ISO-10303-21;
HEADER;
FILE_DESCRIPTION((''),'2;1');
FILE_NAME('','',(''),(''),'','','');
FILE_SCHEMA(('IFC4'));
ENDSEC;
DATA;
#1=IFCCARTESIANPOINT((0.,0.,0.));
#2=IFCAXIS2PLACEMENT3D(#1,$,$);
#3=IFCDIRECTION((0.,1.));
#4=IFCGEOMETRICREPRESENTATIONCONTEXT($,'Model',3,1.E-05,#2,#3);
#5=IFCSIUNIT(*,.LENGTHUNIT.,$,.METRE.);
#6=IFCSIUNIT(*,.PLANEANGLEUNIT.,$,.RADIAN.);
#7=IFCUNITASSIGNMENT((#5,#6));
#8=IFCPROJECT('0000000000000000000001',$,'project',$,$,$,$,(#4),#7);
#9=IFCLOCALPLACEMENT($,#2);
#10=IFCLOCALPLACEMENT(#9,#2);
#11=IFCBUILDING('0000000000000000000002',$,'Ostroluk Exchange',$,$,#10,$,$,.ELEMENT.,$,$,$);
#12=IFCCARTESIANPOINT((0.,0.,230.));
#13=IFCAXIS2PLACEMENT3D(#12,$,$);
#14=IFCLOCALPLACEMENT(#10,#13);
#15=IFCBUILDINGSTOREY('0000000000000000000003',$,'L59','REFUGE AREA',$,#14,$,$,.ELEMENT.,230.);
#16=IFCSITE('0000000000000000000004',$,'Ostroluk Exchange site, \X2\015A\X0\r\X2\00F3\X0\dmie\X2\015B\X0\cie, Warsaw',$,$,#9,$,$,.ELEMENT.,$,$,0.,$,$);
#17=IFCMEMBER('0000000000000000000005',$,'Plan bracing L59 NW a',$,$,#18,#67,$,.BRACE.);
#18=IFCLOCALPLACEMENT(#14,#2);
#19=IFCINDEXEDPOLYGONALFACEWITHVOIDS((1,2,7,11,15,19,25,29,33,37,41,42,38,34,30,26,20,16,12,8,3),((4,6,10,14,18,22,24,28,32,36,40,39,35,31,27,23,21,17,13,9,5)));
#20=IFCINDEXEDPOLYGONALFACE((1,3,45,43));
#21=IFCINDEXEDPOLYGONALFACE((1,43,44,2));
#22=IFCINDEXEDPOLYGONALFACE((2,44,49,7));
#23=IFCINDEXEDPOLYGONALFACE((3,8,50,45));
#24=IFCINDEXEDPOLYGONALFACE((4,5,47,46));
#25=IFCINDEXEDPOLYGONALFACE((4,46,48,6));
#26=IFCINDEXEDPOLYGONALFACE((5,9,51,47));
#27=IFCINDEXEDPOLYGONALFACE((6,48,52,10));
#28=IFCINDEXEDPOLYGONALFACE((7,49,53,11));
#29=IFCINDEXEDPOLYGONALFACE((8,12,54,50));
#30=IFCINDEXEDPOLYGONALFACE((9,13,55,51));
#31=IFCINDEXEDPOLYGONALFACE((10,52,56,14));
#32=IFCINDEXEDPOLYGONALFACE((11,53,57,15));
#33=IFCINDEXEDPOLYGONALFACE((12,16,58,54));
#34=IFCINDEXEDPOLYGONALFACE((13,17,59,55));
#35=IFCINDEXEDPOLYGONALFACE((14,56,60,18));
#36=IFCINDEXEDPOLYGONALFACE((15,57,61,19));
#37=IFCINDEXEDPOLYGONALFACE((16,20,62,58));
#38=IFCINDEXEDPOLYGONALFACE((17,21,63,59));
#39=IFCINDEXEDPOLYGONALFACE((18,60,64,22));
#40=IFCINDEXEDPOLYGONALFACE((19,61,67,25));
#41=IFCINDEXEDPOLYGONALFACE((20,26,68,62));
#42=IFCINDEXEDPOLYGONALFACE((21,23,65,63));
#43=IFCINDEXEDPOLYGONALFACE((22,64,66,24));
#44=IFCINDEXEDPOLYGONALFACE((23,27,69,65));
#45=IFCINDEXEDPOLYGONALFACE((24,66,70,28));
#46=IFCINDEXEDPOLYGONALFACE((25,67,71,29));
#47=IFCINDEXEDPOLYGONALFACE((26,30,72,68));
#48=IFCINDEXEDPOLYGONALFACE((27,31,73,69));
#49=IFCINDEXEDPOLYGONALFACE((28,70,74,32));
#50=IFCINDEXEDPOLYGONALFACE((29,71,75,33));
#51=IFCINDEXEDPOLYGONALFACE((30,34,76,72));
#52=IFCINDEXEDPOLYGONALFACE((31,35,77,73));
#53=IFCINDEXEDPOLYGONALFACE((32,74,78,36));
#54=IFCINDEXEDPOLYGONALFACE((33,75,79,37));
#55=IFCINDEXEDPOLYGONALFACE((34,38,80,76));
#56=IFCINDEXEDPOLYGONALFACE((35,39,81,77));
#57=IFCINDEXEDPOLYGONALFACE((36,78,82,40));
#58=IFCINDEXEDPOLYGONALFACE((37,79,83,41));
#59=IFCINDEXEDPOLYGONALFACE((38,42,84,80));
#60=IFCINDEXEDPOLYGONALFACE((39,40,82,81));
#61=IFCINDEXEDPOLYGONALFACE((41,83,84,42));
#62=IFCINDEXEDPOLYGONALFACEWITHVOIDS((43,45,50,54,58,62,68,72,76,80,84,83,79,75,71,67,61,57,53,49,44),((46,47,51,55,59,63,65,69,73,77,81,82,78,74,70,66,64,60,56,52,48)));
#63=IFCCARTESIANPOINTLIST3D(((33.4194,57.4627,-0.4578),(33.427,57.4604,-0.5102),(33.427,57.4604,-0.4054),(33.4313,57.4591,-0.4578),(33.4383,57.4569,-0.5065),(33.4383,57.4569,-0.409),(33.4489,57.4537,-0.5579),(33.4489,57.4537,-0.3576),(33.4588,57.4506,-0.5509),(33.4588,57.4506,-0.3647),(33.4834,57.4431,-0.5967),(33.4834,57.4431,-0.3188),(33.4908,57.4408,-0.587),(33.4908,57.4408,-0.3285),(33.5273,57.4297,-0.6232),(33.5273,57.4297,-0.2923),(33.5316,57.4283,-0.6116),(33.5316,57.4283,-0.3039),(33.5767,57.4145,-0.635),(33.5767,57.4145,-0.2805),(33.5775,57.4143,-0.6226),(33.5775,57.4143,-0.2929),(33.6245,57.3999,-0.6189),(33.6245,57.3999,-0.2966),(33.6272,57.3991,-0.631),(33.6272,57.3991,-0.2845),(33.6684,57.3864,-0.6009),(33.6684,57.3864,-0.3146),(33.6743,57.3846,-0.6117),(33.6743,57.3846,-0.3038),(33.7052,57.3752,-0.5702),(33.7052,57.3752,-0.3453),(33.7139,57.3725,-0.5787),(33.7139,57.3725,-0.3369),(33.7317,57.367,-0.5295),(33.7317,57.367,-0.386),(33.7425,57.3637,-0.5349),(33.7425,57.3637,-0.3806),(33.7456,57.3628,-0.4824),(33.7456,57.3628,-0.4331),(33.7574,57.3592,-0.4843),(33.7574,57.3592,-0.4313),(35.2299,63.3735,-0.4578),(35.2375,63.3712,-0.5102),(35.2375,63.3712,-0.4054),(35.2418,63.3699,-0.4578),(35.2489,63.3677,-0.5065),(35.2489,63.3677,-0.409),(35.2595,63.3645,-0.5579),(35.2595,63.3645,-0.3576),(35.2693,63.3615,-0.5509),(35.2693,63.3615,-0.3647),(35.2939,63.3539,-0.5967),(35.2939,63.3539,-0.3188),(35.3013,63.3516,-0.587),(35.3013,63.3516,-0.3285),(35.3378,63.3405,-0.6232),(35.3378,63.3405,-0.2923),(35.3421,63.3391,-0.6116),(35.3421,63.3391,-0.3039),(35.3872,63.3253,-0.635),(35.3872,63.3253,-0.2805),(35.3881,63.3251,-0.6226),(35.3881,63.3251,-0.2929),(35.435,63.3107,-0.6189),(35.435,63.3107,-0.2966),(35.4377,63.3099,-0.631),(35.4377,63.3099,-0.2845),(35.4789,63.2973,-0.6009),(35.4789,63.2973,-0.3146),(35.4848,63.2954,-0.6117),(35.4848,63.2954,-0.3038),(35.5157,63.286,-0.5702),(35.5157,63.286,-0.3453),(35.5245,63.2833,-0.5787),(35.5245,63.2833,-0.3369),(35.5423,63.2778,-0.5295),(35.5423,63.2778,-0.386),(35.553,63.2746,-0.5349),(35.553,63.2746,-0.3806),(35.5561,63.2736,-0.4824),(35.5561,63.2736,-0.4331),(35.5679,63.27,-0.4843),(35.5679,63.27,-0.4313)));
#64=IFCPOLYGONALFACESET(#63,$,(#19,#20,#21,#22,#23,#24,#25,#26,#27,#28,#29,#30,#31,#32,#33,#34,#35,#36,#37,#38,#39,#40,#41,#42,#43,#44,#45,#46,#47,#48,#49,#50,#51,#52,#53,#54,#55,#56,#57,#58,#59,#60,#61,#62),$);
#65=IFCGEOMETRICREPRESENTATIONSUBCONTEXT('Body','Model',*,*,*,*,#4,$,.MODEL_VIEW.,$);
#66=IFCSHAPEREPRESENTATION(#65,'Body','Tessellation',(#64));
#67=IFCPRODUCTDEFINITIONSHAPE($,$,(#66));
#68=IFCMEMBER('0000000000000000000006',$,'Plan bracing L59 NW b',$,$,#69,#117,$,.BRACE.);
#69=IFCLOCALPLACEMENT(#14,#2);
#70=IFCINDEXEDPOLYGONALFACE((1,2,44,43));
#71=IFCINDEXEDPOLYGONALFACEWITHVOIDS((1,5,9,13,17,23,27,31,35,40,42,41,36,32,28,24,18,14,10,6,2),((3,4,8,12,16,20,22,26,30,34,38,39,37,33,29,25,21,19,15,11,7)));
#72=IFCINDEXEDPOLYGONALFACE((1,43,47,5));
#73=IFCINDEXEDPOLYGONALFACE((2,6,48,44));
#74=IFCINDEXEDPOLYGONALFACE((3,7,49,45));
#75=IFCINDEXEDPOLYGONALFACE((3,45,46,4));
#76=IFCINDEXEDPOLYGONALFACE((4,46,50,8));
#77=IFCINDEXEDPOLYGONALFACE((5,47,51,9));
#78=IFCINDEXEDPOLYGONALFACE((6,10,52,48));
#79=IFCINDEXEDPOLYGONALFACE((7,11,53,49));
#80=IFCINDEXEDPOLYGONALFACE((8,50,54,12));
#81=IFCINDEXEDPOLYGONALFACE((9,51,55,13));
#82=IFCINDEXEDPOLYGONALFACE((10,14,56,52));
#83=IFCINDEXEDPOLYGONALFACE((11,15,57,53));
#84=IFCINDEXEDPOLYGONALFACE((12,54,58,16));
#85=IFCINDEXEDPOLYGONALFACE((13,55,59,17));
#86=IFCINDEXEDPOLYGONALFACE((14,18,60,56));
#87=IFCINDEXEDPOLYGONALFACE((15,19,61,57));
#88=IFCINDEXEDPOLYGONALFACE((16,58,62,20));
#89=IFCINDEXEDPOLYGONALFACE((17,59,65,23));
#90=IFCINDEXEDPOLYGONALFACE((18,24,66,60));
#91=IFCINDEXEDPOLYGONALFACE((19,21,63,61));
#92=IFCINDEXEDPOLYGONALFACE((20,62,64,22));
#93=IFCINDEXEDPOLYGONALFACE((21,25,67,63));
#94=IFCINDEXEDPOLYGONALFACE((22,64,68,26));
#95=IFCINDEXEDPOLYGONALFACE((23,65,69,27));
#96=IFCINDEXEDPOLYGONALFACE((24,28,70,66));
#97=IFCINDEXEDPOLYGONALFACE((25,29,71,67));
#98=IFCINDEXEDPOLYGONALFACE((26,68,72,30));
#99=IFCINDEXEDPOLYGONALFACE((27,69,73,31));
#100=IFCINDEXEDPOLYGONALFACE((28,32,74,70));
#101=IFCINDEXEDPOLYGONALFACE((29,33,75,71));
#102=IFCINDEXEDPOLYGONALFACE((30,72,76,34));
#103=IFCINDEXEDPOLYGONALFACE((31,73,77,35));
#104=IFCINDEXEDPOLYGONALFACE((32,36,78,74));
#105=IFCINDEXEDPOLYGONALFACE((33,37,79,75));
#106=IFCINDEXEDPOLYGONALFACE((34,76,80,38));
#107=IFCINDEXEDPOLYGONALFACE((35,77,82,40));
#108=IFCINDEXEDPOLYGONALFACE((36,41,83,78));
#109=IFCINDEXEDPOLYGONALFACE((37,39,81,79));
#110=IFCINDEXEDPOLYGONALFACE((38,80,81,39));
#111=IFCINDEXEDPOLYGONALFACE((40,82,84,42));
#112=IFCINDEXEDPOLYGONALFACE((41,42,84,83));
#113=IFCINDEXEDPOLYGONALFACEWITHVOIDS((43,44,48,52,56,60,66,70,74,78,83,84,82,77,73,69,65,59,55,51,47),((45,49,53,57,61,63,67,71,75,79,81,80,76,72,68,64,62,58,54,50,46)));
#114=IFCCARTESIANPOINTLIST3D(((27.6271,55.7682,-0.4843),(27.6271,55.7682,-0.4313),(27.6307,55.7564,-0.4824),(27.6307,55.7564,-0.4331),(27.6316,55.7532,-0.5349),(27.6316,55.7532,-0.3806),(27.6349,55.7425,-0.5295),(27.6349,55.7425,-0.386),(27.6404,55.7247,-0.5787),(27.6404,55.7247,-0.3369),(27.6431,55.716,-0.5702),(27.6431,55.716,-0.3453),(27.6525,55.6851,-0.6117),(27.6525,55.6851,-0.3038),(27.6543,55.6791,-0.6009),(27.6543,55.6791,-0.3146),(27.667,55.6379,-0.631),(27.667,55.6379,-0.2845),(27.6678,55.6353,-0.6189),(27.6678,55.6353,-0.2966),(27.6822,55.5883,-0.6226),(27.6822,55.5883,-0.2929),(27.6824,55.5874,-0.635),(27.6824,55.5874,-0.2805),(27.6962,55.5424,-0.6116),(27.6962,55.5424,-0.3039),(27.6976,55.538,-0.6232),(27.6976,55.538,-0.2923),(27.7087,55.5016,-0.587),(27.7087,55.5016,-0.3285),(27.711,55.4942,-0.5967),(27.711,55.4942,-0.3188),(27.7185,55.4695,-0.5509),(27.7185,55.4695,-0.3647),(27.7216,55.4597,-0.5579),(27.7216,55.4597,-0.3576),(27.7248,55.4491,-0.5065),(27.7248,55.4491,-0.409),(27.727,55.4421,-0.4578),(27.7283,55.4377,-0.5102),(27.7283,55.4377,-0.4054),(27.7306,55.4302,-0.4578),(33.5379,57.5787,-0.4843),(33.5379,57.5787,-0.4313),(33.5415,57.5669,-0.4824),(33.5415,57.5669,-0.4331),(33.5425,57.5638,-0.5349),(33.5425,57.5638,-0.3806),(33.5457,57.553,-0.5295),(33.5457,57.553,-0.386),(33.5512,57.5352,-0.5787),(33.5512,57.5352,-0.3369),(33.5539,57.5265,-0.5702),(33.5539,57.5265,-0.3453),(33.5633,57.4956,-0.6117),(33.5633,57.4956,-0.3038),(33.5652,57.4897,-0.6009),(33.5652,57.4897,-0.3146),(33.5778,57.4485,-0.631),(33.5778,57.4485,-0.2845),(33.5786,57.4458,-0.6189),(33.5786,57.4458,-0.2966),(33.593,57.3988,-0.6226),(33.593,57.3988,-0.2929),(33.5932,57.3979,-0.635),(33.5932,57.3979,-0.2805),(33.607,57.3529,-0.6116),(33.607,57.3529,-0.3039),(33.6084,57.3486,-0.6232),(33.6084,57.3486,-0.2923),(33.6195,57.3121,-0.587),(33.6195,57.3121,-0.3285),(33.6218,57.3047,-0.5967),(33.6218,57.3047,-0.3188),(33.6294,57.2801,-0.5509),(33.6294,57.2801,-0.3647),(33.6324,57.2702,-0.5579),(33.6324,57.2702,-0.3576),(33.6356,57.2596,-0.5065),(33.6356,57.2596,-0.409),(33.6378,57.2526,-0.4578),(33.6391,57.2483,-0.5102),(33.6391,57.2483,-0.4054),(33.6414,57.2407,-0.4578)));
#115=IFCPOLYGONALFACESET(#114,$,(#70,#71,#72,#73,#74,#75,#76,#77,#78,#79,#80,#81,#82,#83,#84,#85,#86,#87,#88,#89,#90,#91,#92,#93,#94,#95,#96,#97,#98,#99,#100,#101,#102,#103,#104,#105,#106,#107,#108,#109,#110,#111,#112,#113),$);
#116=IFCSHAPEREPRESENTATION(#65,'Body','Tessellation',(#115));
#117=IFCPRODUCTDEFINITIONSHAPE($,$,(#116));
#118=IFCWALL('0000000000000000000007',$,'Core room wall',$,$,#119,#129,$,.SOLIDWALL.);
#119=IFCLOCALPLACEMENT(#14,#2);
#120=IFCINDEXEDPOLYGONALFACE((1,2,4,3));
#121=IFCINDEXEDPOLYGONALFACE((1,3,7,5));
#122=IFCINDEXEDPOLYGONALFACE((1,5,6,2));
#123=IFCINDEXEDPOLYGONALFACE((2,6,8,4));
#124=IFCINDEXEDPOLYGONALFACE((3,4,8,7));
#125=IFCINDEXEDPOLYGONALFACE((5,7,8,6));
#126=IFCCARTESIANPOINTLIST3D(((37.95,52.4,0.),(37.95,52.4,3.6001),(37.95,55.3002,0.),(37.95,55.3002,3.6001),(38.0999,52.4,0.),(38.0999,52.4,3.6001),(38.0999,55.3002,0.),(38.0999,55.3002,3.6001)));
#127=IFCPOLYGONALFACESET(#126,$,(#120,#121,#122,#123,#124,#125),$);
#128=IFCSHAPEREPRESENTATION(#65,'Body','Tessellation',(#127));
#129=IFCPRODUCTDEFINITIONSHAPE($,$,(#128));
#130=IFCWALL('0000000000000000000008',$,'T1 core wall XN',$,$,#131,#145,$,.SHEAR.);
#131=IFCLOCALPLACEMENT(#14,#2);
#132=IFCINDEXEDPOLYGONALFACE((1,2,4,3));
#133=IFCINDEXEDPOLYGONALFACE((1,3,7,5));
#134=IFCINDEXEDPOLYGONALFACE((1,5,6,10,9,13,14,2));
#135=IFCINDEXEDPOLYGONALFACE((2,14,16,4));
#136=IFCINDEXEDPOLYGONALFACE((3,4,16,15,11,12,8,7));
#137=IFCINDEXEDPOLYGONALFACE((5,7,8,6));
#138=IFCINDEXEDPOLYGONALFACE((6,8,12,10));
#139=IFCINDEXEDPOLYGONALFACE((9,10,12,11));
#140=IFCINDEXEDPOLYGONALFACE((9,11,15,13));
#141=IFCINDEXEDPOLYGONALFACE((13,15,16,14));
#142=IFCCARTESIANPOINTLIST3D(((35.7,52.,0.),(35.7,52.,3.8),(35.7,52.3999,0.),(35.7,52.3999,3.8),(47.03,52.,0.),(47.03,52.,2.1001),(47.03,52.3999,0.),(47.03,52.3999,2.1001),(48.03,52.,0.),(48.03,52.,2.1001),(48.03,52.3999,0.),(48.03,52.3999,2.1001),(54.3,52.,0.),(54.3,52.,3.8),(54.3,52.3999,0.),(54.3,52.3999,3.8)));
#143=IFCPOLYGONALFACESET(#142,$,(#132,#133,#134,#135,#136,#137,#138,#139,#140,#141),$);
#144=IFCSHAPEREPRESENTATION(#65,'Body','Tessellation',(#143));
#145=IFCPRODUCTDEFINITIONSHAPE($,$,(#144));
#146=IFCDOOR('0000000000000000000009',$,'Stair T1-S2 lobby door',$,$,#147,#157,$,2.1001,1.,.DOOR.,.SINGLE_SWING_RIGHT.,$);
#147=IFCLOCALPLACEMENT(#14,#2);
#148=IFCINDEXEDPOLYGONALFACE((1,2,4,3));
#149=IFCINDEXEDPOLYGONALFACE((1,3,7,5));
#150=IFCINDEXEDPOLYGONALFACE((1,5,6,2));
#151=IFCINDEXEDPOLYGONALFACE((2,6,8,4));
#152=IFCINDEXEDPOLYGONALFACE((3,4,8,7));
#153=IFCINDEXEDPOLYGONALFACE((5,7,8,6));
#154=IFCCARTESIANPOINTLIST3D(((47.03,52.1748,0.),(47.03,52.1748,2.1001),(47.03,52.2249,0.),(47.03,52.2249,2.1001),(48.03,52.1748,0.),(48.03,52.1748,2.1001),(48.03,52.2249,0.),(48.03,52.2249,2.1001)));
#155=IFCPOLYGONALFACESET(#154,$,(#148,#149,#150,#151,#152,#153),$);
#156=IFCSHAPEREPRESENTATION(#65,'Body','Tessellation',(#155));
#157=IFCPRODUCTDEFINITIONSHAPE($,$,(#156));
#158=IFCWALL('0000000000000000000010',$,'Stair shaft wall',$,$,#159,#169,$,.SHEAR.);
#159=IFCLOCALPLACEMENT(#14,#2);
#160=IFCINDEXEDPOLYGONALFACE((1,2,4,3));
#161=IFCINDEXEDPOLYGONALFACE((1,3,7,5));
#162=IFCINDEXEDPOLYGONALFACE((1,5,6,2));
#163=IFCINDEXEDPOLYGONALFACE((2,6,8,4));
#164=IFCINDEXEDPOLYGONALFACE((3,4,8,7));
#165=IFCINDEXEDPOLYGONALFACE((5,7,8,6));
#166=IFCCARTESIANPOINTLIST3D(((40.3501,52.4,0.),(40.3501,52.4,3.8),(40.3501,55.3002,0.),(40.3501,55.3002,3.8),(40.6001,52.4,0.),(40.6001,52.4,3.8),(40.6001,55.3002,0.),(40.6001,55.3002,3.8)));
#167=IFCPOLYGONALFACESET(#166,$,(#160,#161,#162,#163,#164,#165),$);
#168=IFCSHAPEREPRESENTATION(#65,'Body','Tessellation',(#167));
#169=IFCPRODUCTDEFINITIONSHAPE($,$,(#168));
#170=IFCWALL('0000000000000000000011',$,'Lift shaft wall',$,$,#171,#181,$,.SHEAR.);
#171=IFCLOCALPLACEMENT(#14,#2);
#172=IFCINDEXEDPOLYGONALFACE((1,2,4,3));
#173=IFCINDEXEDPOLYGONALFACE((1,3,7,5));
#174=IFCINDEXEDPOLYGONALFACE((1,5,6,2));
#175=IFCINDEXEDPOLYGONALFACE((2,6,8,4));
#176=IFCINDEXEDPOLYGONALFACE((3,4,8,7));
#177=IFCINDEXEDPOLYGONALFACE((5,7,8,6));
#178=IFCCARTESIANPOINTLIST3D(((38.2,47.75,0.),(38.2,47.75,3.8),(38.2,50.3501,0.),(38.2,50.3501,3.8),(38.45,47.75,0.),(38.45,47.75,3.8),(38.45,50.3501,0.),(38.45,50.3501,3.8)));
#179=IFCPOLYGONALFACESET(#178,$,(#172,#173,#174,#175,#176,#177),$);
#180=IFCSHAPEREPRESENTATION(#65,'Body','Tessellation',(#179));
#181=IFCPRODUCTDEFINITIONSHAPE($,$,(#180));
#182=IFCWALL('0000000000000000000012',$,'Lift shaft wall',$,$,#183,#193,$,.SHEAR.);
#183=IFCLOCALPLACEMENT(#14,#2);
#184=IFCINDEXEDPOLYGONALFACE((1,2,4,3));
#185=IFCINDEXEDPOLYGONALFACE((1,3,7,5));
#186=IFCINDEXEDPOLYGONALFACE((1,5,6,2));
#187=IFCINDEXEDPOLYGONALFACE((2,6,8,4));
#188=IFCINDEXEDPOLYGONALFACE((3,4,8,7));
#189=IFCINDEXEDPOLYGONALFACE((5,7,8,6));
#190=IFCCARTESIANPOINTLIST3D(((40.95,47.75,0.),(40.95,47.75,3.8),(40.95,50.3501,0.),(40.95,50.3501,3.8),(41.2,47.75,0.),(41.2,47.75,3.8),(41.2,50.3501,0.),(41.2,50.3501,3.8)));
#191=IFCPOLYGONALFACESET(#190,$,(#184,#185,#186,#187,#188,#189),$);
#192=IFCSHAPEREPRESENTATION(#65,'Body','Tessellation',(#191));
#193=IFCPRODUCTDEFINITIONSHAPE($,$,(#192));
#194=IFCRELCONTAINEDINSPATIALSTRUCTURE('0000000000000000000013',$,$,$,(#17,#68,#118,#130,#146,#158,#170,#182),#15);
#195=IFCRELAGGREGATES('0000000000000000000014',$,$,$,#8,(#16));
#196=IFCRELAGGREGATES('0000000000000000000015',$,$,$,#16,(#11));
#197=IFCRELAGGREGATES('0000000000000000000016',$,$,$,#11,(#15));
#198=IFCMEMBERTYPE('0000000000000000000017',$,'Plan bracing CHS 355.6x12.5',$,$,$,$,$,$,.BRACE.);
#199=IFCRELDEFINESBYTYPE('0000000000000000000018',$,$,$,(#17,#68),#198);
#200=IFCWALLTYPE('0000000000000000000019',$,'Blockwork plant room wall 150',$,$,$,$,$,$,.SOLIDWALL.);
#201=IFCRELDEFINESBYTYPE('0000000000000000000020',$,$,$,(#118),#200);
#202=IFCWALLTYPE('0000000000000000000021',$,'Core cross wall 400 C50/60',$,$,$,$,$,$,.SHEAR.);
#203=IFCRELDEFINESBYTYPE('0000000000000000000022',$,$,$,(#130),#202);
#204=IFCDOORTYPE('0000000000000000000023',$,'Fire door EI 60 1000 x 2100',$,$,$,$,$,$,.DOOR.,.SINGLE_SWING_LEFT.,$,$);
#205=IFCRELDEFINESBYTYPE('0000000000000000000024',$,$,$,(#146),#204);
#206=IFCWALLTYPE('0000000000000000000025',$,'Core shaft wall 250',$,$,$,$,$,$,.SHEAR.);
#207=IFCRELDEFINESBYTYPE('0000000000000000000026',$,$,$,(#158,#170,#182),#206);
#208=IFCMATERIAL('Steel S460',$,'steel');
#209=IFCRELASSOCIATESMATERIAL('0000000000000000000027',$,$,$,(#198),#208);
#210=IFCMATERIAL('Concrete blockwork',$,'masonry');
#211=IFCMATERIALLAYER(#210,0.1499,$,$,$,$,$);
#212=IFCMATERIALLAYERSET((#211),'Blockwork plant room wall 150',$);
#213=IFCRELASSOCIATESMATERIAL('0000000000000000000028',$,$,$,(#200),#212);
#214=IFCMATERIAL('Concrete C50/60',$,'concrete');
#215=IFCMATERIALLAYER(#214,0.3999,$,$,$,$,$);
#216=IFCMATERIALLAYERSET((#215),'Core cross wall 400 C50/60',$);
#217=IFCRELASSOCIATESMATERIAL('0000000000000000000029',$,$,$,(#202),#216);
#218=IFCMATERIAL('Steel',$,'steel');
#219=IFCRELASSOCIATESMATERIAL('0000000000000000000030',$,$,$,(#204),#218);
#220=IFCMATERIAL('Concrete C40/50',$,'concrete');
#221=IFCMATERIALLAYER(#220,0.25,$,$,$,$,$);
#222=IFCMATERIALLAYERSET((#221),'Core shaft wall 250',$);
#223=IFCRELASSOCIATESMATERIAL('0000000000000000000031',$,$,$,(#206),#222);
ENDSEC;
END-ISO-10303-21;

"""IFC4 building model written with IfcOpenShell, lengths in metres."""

from ifc_helpers import new_model, si_unit, direction, frame, frame_2d, origin, origin_2d, place, context, subcontext, project, spatial, rectangle, hollow_circle, extrude, material, layer, layer_set, material_profile, profile_set, type_object, element, fill, save


model = new_model("IFC4")

# Units and contexts
model_context = context("Model", 3, precision=1e-05, world=origin(), true_north=direction((0.0, 1.0)))
body_context = subcontext(model_context, "Body", "Model", "MODEL_VIEW")
ifc_project = project(units=[si_unit("LENGTHUNIT", "METRE"), si_unit("PLANEANGLEUNIT", "RADIAN")], contexts=[model_context])

# Site, building, storey
site_placement = place(None, origin())
site = spatial("IfcSite", under=ifc_project, at=site_placement, Name="Ostroluk Exchange site, Śródmieście, Warsaw", CompositionType="ELEMENT", RefElevation=0.0)
building_placement = place(site_placement, origin())
building = spatial("IfcBuilding", under=site, at=building_placement, Name="Ostroluk Exchange", CompositionType="ELEMENT")
storey_placement = place(building_placement, frame((0.0, 0.0, 230.0)))
storey = spatial("IfcBuildingStorey", under=building, at=storey_placement, Name="L59", Description="REFUGE AREA", CompositionType="ELEMENT", Elevation=230.0)

# Members
ifc_material_1 = material(Name="Steel S460", Category="steel")
ifc_material_profile_1 = material_profile(ifc_material_1, hollow_circle(Radius=0.1777, WallThickness=0.0125, at=origin_2d()), Name="CHS 355.6x12.5")
ifc_profile_set_1 = profile_set([ifc_material_profile_1], Name="Steel S460")
member_type_1 = type_object("IfcMemberType", Name="Plan bracing CHS 355.6x12.5", PredefinedType="BRACE", material=ifc_profile_set_1)
for number, where, z_axis, x_axis, name in (
    (1, (33.5894, 57.4106, -0.4578), (0.292876, 0.956151, 0.0), (-0.956151, 0.292876, 0.0), "Plan bracing L59 NW a"),
    (2, (33.5894, 57.4106, -0.4578), (-0.956151, -0.292876, 0.0), (0.292876, -0.956151, 0.0), "Plan bracing L59 NW b"),
):
    element("IfcMember", number, at=place(storey_placement, frame(where, z_axis=z_axis, x_axis=x_axis)), inside=storey, type_object=member_type_1, Name=name, PredefinedType="BRACE", context=body_context, shape_type="SweptSolid", body=[
        extrude(hollow_circle(Radius=0.1777, WallThickness=0.0125, at=origin_2d()), origin(), (0.0, 0.0, 1.0), 6.1819),
    ])

# Wall
ifc_material_2 = material(Name="Concrete blockwork", Category="masonry")
ifc_layer_1 = layer(ifc_material_2, 0.1499)
ifc_layer_set_1 = layer_set([ifc_layer_1], Name="Blockwork plant room wall 150")
wall_type_1 = type_object("IfcWallType", Name="Blockwork plant room wall 150", PredefinedType="SOLIDWALL", material=ifc_layer_set_1)
wall_1_placement = place(storey_placement, frame((38.0249, 52.3999, 0.0), z_axis=(0.0, 0.0, 1.0), x_axis=(0.0, 1.0, 0.0)))
element("IfcWall", 3, at=wall_1_placement, inside=storey, type_object=wall_type_1, Name="Core room wall", PredefinedType="SOLIDWALL", context=body_context, shape_type="SweptSolid", body=[
    extrude(rectangle(XDim=2.9001, YDim=0.1499, at=frame_2d((1.4502, 0.0))), origin(), (0.0, 0.0, 1.0), 3.6001),
])

# Wall, opening, door
ifc_material_3 = material(Name="Concrete C50/60", Category="concrete")
ifc_layer_2 = layer(ifc_material_3, 0.3999)
ifc_layer_set_2 = layer_set([ifc_layer_2], Name="Core cross wall 400 C50/60")
wall_type_2 = type_object("IfcWallType", Name="Core cross wall 400 C50/60", PredefinedType="SHEAR", material=ifc_layer_set_2)
wall_2_placement = place(storey_placement, frame((35.7, 52.2, 0.0), z_axis=(0.0, 0.0, 1.0), x_axis=(1.0, 0.0, 0.0)))
wall_2 = element("IfcWall", 4, at=wall_2_placement, inside=storey, type_object=wall_type_2, Name="T1 core wall XN", PredefinedType="SHEAR", context=body_context, shape_type="SweptSolid", body=[
    extrude(rectangle(XDim=18.6001, YDim=0.3999, at=frame_2d((9.3, 0.0))), origin(), (0.0, 0.0, 1.0), 3.8),
])
opening_1_placement = place(wall_2_placement, frame((11.3301, 0.0, 0.0)))
opening_1 = element("IfcOpeningElement", 5, at=opening_1_placement, cuts=wall_2, PredefinedType="OPENING", context=body_context, shape_type="SweptSolid", body=[
    extrude(rectangle(XDim=1.0, YDim=2.1001, at=frame_2d((0.5, 1.05))), frame((0.0, 0.21, 0.0), z_axis=(0.0, -1.0, 0.0), x_axis=(1.0, 0.0, 0.0)), (0.0, 0.0, 1.0), 0.4199),
])
ifc_material_4 = material(Name="Steel", Category="steel")
door_type = type_object("IfcDoorType", Name="Fire door EI 60 1000 x 2100", OperationType="SINGLE_SWING_LEFT", PredefinedType="DOOR", material=ifc_material_4)
door_1_placement = place(opening_1_placement, origin())
door_1 = element("IfcDoor", 6, at=door_1_placement, inside=storey, type_object=door_type, Name="Stair T1-S2 lobby door", OperationType="SINGLE_SWING_RIGHT", OverallHeight=2.1001, OverallWidth=1.0, PredefinedType="DOOR", context=body_context, shape_type="SweptSolid", body=[
    extrude(rectangle(XDim=1.0, YDim=2.1001, at=frame_2d((0.5, 1.05))), frame((0.0, 0.0249, 0.0), z_axis=(0.0, -1.0, 0.0), x_axis=(1.0, 0.0, 0.0)), (0.0, 0.0, 1.0), 0.05),
])
fill(opening_1, door_1)

# Walls
ifc_material_5 = material(Name="Concrete C40/50", Category="concrete")
ifc_layer_3 = layer(ifc_material_5, 0.25)
ifc_layer_set_3 = layer_set([ifc_layer_3], Name="Core shaft wall 250")
wall_type_3 = type_object("IfcWallType", Name="Core shaft wall 250", PredefinedType="SHEAR", material=ifc_layer_set_3)
wall_3_placement = place(storey_placement, frame((40.4751, 52.3999, 0.0), z_axis=(0.0, 0.0, 1.0), x_axis=(0.0, 1.0, 0.0)))
element("IfcWall", 7, at=wall_3_placement, inside=storey, type_object=wall_type_3, Name="Stair shaft wall", PredefinedType="SHEAR", context=body_context, shape_type="SweptSolid", body=[
    extrude(rectangle(XDim=2.9001, YDim=0.25, at=frame_2d((1.4502, 0.0))), origin(), (0.0, 0.0, 1.0), 3.8),
])
for number, where, z_axis, x_axis, name in (
    (8, (38.325, 47.75, 0.0), (0.0, 0.0, 1.0), (0.0, 1.0, 0.0), "Lift shaft wall"),
    (9, (41.075, 47.75, 0.0), (0.0, 0.0, 1.0), (0.0, 1.0, 0.0), "Lift shaft wall"),
):
    element("IfcWall", number, at=place(storey_placement, frame(where, z_axis=z_axis, x_axis=x_axis)), inside=storey, type_object=wall_type_3, Name=name, PredefinedType="SHEAR", context=body_context, shape_type="SweptSolid", body=[
        extrude(rectangle(XDim=2.6001, YDim=0.25, at=frame_2d((1.3, 0.0))), origin(), (0.0, 0.0, 1.0), 3.8),
    ])

save(model, "model.ifc")
